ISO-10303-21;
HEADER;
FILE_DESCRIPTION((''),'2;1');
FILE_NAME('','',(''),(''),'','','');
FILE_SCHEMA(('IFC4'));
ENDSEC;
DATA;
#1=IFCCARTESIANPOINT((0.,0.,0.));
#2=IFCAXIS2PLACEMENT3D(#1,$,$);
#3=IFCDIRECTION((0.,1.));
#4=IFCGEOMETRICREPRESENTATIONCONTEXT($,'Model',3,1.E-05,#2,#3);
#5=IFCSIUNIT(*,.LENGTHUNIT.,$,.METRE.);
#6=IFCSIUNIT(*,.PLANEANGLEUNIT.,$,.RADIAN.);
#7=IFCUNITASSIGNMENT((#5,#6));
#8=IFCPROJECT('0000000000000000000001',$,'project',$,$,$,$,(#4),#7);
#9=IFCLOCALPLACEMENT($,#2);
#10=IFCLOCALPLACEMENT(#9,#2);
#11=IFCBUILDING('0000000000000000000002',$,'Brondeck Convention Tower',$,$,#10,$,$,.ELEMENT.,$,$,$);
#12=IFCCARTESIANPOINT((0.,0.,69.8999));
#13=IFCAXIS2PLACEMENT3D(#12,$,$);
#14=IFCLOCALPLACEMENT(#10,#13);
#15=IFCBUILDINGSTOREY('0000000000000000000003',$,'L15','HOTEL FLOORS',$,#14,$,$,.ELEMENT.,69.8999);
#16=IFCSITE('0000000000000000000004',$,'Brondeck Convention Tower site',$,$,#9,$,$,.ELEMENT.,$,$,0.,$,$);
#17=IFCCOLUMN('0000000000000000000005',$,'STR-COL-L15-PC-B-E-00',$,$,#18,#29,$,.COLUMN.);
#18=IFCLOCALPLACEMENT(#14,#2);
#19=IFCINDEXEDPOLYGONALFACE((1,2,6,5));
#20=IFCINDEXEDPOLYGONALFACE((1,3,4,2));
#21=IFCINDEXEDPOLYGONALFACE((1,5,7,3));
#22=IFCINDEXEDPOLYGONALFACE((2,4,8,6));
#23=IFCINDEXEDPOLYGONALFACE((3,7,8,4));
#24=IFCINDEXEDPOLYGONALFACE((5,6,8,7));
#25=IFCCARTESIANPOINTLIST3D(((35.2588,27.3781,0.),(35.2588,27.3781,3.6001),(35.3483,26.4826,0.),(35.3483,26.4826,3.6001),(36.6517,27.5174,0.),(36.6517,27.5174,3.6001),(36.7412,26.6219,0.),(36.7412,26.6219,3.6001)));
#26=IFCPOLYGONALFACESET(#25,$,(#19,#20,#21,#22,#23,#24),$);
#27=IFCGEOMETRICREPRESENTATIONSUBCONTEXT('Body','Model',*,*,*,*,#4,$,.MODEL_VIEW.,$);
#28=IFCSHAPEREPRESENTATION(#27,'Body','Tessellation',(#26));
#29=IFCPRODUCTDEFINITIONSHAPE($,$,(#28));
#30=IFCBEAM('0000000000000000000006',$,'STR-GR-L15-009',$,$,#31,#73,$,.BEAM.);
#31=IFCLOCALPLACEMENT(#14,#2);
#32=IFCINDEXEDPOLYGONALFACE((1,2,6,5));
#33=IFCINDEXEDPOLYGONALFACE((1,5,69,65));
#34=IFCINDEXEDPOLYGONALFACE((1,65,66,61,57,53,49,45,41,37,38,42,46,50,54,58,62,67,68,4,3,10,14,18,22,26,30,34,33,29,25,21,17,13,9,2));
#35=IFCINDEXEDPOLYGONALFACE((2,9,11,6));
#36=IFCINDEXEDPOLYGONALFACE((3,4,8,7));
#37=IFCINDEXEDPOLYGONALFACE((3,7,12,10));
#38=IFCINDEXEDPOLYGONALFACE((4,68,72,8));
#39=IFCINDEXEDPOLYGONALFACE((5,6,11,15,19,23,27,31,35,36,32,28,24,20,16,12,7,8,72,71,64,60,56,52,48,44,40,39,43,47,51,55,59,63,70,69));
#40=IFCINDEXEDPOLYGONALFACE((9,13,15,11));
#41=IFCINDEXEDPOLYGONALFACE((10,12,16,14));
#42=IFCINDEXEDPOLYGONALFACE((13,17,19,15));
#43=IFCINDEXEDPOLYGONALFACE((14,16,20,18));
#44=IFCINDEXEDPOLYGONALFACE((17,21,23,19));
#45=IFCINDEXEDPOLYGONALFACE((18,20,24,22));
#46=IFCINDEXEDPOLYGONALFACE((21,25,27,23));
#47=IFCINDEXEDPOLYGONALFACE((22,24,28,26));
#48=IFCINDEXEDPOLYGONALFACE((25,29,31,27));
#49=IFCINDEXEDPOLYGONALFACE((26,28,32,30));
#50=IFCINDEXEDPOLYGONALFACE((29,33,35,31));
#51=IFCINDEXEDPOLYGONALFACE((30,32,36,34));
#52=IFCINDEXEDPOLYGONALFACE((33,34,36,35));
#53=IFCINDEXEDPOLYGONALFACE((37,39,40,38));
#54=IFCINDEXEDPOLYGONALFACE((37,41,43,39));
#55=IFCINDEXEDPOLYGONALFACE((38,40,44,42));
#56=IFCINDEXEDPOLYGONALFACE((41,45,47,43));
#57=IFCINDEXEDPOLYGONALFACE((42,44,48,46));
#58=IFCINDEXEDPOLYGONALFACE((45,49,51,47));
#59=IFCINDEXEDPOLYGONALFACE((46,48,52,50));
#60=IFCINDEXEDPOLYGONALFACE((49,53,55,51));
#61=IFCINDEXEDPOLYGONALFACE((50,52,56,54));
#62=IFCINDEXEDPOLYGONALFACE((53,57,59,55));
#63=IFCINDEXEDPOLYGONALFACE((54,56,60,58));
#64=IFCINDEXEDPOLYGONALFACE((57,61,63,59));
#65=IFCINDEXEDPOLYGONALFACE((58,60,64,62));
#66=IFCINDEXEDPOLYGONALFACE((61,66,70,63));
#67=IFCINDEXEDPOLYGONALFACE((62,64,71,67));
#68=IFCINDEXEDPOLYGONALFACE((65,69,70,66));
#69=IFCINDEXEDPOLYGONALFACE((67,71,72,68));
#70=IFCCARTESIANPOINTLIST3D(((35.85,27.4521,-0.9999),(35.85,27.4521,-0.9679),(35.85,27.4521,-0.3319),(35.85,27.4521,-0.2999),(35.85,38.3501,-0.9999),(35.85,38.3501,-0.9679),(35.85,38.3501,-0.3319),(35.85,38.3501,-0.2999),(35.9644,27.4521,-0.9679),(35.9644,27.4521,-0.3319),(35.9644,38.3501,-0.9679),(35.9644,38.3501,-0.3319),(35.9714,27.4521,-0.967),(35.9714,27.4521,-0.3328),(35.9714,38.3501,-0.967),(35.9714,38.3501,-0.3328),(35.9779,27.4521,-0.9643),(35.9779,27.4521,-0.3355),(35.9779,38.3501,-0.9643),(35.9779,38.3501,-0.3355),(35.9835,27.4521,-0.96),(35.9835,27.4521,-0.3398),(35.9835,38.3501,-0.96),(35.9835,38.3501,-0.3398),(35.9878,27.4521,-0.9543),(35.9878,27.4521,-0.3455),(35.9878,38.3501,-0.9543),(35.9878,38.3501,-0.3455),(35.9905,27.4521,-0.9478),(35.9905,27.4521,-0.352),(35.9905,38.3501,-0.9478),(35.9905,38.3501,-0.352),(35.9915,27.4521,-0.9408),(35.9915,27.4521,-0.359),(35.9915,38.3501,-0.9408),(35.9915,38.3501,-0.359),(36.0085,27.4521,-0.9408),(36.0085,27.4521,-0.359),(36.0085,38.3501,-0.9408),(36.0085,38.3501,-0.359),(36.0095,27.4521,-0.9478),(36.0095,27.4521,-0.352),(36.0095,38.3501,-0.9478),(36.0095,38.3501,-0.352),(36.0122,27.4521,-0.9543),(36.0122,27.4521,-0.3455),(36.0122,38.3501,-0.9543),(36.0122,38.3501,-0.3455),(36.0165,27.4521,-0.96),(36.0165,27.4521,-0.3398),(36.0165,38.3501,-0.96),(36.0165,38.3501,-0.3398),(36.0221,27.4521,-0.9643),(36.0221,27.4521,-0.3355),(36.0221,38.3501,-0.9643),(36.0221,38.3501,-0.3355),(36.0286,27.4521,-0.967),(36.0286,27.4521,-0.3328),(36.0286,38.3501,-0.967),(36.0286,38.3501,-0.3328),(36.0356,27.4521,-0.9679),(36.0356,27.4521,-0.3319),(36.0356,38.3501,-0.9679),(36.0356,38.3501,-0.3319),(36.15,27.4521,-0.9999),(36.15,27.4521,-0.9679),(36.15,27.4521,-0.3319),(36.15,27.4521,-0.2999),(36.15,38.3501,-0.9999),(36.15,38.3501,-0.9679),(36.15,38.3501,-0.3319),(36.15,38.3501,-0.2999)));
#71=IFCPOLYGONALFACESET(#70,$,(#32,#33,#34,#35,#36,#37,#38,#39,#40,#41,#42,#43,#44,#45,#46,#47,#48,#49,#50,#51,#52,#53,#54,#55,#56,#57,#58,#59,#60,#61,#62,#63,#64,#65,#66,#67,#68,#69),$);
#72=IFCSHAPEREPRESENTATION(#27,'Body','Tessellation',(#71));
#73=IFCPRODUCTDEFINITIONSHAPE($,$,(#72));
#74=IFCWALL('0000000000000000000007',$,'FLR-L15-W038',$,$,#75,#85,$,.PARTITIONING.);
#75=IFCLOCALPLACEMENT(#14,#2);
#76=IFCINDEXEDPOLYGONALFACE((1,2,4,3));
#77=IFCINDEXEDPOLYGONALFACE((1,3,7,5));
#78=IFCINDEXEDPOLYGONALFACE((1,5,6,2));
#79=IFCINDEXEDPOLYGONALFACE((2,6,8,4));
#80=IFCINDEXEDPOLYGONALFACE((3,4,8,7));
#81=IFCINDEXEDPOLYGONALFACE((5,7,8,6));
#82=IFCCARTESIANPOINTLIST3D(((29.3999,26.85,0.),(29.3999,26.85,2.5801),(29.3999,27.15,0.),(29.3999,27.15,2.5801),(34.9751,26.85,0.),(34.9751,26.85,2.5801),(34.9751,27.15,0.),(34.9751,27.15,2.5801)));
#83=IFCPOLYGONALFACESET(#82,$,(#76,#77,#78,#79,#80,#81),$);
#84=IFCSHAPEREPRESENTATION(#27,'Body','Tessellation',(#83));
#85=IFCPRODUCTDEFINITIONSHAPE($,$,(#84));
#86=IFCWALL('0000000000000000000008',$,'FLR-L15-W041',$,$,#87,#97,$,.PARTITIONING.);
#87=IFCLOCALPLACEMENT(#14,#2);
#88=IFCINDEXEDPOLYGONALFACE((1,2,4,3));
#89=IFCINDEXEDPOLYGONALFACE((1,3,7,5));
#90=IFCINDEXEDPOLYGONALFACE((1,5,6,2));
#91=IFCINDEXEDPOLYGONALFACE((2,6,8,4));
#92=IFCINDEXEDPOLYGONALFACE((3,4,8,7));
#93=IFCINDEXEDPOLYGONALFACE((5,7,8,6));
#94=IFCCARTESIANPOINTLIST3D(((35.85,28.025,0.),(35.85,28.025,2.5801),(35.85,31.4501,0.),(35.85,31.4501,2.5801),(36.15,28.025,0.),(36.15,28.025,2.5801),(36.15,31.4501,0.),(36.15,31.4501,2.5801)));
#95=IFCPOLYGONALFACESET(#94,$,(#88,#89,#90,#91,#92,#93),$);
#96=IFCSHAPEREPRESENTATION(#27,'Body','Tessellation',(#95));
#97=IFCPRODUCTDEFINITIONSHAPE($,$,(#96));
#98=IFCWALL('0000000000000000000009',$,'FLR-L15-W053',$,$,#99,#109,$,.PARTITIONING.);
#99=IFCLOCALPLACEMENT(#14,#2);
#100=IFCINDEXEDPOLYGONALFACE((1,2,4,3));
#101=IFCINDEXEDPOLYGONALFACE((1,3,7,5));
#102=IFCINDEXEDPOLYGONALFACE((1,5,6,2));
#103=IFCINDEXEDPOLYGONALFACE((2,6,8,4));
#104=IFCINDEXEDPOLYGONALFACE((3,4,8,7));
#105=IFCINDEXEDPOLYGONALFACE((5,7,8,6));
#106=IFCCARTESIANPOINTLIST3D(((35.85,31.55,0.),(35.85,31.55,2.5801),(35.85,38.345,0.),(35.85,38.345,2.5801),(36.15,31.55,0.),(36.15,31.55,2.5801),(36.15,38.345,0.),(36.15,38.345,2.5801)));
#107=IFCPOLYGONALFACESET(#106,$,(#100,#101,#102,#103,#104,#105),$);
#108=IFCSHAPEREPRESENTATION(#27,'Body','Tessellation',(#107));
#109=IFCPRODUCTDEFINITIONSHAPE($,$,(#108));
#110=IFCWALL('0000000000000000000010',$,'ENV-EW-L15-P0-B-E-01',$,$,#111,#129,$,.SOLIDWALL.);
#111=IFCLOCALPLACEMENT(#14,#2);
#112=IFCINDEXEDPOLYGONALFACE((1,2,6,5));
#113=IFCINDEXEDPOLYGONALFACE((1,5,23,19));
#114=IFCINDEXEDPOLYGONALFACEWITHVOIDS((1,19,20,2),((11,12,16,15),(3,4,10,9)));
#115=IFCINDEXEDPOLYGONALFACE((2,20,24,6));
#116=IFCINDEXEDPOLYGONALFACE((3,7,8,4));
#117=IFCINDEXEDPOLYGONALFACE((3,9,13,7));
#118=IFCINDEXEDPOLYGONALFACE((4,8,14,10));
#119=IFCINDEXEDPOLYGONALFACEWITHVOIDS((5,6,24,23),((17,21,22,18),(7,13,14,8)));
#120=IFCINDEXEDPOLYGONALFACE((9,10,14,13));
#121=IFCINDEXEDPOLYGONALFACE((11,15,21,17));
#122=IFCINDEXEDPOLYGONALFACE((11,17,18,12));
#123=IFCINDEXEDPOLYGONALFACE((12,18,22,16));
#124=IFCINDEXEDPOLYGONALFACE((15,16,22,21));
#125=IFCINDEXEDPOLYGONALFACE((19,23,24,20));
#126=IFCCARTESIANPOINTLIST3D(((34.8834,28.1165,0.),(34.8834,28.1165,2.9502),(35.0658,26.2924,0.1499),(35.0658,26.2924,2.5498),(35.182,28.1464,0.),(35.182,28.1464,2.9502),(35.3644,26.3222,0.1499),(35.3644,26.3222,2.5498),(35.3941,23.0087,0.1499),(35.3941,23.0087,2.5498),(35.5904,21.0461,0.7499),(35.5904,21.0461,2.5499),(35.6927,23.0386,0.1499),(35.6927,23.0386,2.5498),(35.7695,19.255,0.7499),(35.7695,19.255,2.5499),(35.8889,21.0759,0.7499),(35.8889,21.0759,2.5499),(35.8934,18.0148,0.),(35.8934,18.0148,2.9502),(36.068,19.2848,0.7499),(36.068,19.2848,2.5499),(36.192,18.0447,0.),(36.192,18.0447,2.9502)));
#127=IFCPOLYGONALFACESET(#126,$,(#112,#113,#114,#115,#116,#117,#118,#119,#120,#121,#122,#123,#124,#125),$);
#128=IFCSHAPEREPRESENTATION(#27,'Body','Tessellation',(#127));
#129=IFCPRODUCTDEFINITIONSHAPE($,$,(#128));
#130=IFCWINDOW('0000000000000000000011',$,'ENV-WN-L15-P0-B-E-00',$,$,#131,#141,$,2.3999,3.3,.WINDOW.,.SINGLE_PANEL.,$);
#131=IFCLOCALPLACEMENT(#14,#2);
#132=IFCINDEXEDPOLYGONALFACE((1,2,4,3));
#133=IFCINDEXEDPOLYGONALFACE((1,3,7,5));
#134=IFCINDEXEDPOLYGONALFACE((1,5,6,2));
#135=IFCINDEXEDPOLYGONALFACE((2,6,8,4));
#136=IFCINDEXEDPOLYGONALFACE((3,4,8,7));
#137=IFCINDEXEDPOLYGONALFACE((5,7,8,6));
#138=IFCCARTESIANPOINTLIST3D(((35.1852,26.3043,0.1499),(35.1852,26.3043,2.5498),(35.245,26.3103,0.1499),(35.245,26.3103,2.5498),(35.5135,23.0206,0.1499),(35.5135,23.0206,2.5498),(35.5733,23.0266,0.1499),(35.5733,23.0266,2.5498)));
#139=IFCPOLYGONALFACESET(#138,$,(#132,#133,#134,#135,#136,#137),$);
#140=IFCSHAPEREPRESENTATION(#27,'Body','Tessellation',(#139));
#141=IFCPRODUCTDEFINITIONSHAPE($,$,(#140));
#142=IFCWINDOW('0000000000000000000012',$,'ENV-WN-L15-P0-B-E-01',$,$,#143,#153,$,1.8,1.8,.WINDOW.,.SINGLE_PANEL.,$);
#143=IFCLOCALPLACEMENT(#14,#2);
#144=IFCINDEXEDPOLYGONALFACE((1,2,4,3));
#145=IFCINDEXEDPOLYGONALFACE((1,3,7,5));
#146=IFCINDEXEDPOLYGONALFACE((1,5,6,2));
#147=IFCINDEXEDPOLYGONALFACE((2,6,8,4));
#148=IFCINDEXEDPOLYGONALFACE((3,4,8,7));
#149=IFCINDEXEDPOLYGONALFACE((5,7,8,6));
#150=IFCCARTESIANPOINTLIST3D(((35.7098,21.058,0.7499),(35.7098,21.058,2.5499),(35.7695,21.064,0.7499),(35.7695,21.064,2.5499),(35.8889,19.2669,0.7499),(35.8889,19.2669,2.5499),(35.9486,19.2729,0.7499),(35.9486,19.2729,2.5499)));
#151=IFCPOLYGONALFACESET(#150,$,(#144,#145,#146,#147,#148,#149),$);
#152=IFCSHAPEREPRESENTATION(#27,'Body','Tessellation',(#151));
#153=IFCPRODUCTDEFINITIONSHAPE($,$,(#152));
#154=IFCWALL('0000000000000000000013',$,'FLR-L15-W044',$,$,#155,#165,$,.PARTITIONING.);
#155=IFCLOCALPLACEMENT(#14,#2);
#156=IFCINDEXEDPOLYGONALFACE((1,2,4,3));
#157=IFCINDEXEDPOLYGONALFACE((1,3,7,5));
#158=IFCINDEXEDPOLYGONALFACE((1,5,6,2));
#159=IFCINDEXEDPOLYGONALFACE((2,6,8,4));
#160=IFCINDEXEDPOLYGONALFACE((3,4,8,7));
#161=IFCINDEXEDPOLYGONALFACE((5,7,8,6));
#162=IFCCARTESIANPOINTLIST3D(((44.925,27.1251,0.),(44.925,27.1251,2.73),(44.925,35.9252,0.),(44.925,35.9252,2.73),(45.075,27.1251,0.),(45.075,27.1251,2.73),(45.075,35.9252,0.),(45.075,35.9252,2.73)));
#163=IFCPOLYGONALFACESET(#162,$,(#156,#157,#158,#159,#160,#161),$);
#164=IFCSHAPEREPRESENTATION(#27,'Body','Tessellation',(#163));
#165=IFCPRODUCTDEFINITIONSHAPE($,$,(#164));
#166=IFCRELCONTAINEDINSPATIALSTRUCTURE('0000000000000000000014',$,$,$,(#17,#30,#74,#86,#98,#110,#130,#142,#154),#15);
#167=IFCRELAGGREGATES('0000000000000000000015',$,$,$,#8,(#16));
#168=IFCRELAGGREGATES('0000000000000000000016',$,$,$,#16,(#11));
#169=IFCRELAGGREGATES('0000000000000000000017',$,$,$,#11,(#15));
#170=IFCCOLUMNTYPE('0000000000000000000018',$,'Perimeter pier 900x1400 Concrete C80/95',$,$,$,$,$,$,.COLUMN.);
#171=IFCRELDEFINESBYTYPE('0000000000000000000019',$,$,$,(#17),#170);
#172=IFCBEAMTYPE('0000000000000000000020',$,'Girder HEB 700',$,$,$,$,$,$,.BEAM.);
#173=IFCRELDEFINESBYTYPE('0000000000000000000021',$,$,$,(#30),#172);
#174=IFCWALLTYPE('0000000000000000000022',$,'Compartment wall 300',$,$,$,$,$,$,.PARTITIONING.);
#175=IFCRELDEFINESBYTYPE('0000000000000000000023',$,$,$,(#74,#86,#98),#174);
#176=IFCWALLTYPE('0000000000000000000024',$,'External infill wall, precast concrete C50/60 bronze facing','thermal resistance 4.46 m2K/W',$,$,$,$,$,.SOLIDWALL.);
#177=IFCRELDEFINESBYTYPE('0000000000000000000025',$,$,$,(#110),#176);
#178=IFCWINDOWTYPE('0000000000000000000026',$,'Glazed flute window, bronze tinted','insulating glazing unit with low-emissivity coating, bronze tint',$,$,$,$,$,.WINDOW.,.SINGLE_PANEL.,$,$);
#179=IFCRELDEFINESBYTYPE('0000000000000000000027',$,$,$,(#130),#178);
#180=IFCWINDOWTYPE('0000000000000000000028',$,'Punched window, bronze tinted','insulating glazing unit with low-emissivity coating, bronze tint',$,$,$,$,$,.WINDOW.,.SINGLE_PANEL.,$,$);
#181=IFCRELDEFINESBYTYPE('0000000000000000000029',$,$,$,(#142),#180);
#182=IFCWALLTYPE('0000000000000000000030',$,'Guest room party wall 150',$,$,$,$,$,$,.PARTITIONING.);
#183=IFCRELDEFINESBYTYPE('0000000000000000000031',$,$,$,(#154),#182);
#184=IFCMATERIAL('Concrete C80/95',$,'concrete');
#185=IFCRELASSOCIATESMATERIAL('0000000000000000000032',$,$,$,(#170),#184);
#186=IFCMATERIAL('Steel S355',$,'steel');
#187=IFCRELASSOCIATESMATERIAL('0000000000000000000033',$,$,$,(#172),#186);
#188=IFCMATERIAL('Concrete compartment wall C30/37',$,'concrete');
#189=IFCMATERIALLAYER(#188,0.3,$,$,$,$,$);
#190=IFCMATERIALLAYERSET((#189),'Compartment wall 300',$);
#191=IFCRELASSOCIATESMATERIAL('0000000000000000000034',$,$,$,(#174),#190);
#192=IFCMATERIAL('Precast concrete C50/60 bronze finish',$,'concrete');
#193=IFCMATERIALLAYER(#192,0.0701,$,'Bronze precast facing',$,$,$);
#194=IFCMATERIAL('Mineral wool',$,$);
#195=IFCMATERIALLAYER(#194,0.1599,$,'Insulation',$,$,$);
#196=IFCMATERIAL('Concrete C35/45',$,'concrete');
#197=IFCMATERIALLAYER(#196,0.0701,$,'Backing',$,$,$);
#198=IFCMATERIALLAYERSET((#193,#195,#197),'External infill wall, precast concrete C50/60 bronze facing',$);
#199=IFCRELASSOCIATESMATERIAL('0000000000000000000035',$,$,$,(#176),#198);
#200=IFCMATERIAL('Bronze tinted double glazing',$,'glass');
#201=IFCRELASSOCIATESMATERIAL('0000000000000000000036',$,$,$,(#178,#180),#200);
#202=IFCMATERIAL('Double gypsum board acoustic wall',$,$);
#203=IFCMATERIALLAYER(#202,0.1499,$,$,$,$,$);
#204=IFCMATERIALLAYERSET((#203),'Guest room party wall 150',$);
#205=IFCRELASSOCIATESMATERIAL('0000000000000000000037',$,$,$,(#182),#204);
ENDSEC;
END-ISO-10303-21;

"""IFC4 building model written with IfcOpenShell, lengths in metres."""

from ifc_helpers import new_model, si_unit, direction, frame, frame_2d, origin, origin_2d, place, context, subcontext, project, spatial, rectangle, i_section, extrude, material, layer, layer_set, material_profile, profile_set, type_object, element, fill, save


model = new_model("IFC4")

# Units and contexts
model_context = context("Model", 3, precision=1e-05, world=origin(), true_north=direction((0.0, 1.0)))
body_context = subcontext(model_context, "Body", "Model", "MODEL_VIEW")
ifc_project = project(units=[si_unit("LENGTHUNIT", "METRE"), si_unit("PLANEANGLEUNIT", "RADIAN")], contexts=[model_context])

# Site, building, storey
site_placement = place(None, origin())
site = spatial("IfcSite", under=ifc_project, at=site_placement, Name="Brondeck Convention Tower site", CompositionType="ELEMENT", RefElevation=0.0)
building_placement = place(site_placement, origin())
building = spatial("IfcBuilding", under=site, at=building_placement, Name="Brondeck Convention Tower", CompositionType="ELEMENT")
storey_placement = place(building_placement, frame((0.0, 0.0, 69.8999)))
storey = spatial("IfcBuildingStorey", under=building, at=storey_placement, Name="L15", Description="HOTEL FLOORS", CompositionType="ELEMENT", Elevation=69.8999)

# Column
ifc_material_1 = material(Name="Concrete C80/95", Category="concrete")
ifc_material_profile_1 = material_profile(ifc_material_1, rectangle(XDim=0.8999, YDim=1.3999, at=origin_2d()), Name="Perimeter pier 900x1400 Concrete C80/95")
ifc_profile_set_1 = profile_set([ifc_material_profile_1], Name="Concrete C80/95")
column_type = type_object("IfcColumnType", Name="Perimeter pier 900x1400 Concrete C80/95", PredefinedType="COLUMN", material=ifc_profile_set_1)
column_placement = place(storey_placement, frame((36.0, 27.0, 0.0), z_axis=(0.0, 0.0, 1.0), x_axis=(-0.099504, 0.995037, 0.0)))
element("IfcColumn", 1, at=column_placement, inside=storey, type_object=column_type, Name="STR-COL-L15-PC-B-E-00", PredefinedType="COLUMN", context=body_context, shape_type="SweptSolid", body=[
    extrude(rectangle(XDim=0.8999, YDim=1.3999, at=origin_2d()), origin(), (0.0, 0.0, 1.0), 3.6001),
])

# Beam
ifc_material_2 = material(Name="Steel S355", Category="steel")
ifc_material_profile_2 = material_profile(ifc_material_2, i_section(OverallWidth=0.3, OverallDepth=0.7, WebThickness=0.0171, FlangeThickness=0.032, FilletRadius=0.0271, at=origin_2d()), Name="HEB 700")
ifc_profile_set_2 = profile_set([ifc_material_profile_2], Name="Steel S355")
beam_type = type_object("IfcBeamType", Name="Girder HEB 700", PredefinedType="BEAM", material=ifc_profile_set_2)
beam_placement = place(storey_placement, frame((36.0, 27.4521, -0.6499), z_axis=(0.0, 1.0, 0.0), x_axis=(-1.0, 0.0, 0.0)))
element("IfcBeam", 2, at=beam_placement, inside=storey, type_object=beam_type, Name="STR-GR-L15-009", PredefinedType="BEAM", context=body_context, shape_type="SweptSolid", body=[
    extrude(i_section(OverallWidth=0.3, OverallDepth=0.7, WebThickness=0.0171, FlangeThickness=0.032, FilletRadius=0.0271, at=origin_2d()), origin(), (0.0, 0.0, 1.0), 10.8979),
])

# Walls
ifc_material_3 = material(Name="Concrete compartment wall C30/37", Category="concrete")
ifc_layer_1 = layer(ifc_material_3, 0.3)
ifc_layer_set_1 = layer_set([ifc_layer_1], Name="Compartment wall 300")
wall_type_1 = type_object("IfcWallType", Name="Compartment wall 300", PredefinedType="PARTITIONING", material=ifc_layer_set_1)
wall_1_placement = place(storey_placement, frame((34.9751, 27.0, 0.0), z_axis=(0.0, 0.0, 1.0), x_axis=(-1.0, 0.0, 0.0)))
element("IfcWall", 3, at=wall_1_placement, inside=storey, type_object=wall_type_1, Name="FLR-L15-W038", PredefinedType="PARTITIONING", context=body_context, shape_type="SweptSolid", body=[
    extrude(rectangle(XDim=5.5752, YDim=0.3, at=frame_2d((2.7876, 0.0))), origin(), (0.0, 0.0, 1.0), 2.5801),
])
wall_2_placement = place(storey_placement, frame((36.0, 31.45, 0.0), z_axis=(0.0, 0.0, 1.0), x_axis=(0.0, -1.0, 0.0)))
element("IfcWall", 4, at=wall_2_placement, inside=storey, type_object=wall_type_1, Name="FLR-L15-W041", PredefinedType="PARTITIONING", context=body_context, shape_type="SweptSolid", body=[
    extrude(rectangle(XDim=3.425, YDim=0.3, at=frame_2d((1.7124, 0.0))), origin(), (0.0, 0.0, 1.0), 2.5801),
])
wall_3_placement = place(storey_placement, frame((36.0, 38.345, 0.0), z_axis=(0.0, 0.0, 1.0), x_axis=(0.0, -1.0, 0.0)))
element("IfcWall", 5, at=wall_3_placement, inside=storey, type_object=wall_type_1, Name="FLR-L15-W053", PredefinedType="PARTITIONING", context=body_context, shape_type="SweptSolid", body=[
    extrude(rectangle(XDim=6.7949, YDim=0.3, at=frame_2d((3.3975, 0.0))), origin(), (0.0, 0.0, 1.0), 2.5801),
])

# Wall, openings, windows
ifc_material_4 = material(Name="Precast concrete C50/60 bronze finish", Category="concrete")
ifc_layer_2 = layer(ifc_material_4, 0.0701, Name="Bronze precast facing")
ifc_material_5 = material(Name="Mineral wool")
ifc_layer_3 = layer(ifc_material_5, 0.1599, Name="Insulation")
ifc_material_6 = material(Name="Concrete C35/45", Category="concrete")
ifc_layer_4 = layer(ifc_material_6, 0.0701, Name="Backing")
ifc_layer_set_2 = layer_set([ifc_layer_2, ifc_layer_3, ifc_layer_4], Name="External infill wall, precast concrete C50/60 bronze facing")
wall_type_2 = type_object("IfcWallType", Name="External infill wall, precast concrete C50/60 bronze facing", Description="thermal resistance 4.46 m2K/W", PredefinedType="SOLIDWALL", material=ifc_layer_set_2)
wall_4_placement = place(storey_placement, frame((35.0327, 28.1316, 0.0), z_axis=(0.0, 0.0, 1.0), x_axis=(0.099487, -0.995039, 0.0)))
wall_4 = element("IfcWall", 6, at=wall_4_placement, inside=storey, type_object=wall_type_2, Name="ENV-EW-L15-P0-B-E-01", PredefinedType="SOLIDWALL", context=body_context, shape_type="SweptSolid", body=[
    extrude(rectangle(XDim=10.1521, YDim=0.3, at=frame_2d((5.0762, 0.0))), origin(), (0.0, 0.0, 1.0), 2.9502),
])
opening_1_placement = place(wall_4_placement, frame((1.8335, 0.0, 0.1499)))
opening_1 = element("IfcOpeningElement", 7, at=opening_1_placement, cuts=wall_4, PredefinedType="OPENING", context=body_context, shape_type="SweptSolid", body=[
    extrude(rectangle(XDim=3.3, YDim=2.3999, at=frame_2d((1.6499, 1.2))), frame((0.0, 0.1599, 0.0), z_axis=(0.0, -1.0, 0.0), x_axis=(1.0, 0.0, 0.0)), (0.0, 0.0, 1.0), 0.3201),
])
opening_2_placement = place(wall_4_placement, frame((7.106, 0.0, 0.75)))
opening_2 = element("IfcOpeningElement", 8, at=opening_2_placement, cuts=wall_4, PredefinedType="OPENING", context=body_context, shape_type="SweptSolid", body=[
    extrude(rectangle(XDim=1.8, YDim=1.8, at=frame_2d((0.8999, 0.8999))), frame((0.0, 0.1599, 0.0), z_axis=(0.0, -1.0, 0.0), x_axis=(1.0, 0.0, 0.0)), (0.0, 0.0, 1.0), 0.3201),
])
ifc_material_7 = material(Name="Bronze tinted double glazing", Category="glass")
window_type_1 = type_object("IfcWindowType", Name="Glazed flute window, bronze tinted", Description="insulating glazing unit with low-emissivity coating, bronze tint", PartitioningType="SINGLE_PANEL", PredefinedType="WINDOW", material=ifc_material_7)
window_1_placement = place(opening_1_placement, origin())
window_1 = element("IfcWindow", 9, at=window_1_placement, inside=storey, type_object=window_type_1, Name="ENV-WN-L15-P0-B-E-00", OverallHeight=2.3999, OverallWidth=3.3, PartitioningType="SINGLE_PANEL", PredefinedType="WINDOW", context=body_context, shape_type="SweptSolid", body=[
    extrude(rectangle(XDim=3.3, YDim=2.3999, at=frame_2d((1.6499, 1.2))), frame((0.0, 0.03, 0.0), z_axis=(0.0, -1.0, 0.0), x_axis=(1.0, 0.0, 0.0)), (0.0, 0.0, 1.0), 0.0601),
])
fill(opening_1, window_1)
window_type_2 = type_object("IfcWindowType", Name="Punched window, bronze tinted", Description="insulating glazing unit with low-emissivity coating, bronze tint", PartitioningType="SINGLE_PANEL", PredefinedType="WINDOW", material=ifc_material_7)
window_2_placement = place(opening_2_placement, origin())
window_2 = element("IfcWindow", 10, at=window_2_placement, inside=storey, type_object=window_type_2, Name="ENV-WN-L15-P0-B-E-01", OverallHeight=1.8, OverallWidth=1.8, PartitioningType="SINGLE_PANEL", PredefinedType="WINDOW", context=body_context, shape_type="SweptSolid", body=[
    extrude(rectangle(XDim=1.8, YDim=1.8, at=frame_2d((0.8999, 0.8999))), frame((0.0, 0.03, 0.0), z_axis=(0.0, -1.0, 0.0), x_axis=(1.0, 0.0, 0.0)), (0.0, 0.0, 1.0), 0.0601),
])
fill(opening_2, window_2)

# Wall
ifc_material_8 = material(Name="Double gypsum board acoustic wall")
ifc_layer_5 = layer(ifc_material_8, 0.1499)
ifc_layer_set_3 = layer_set([ifc_layer_5], Name="Guest room party wall 150")
wall_type_3 = type_object("IfcWallType", Name="Guest room party wall 150", PredefinedType="PARTITIONING", material=ifc_layer_set_3)
wall_5_placement = place(storey_placement, frame((45.0, 35.925, 0.0), z_axis=(0.0, 0.0, 1.0), x_axis=(0.0, -1.0, 0.0)))
element("IfcWall", 11, at=wall_5_placement, inside=storey, type_object=wall_type_3, Name="FLR-L15-W044", PredefinedType="PARTITIONING", context=body_context, shape_type="SweptSolid", body=[
    extrude(rectangle(XDim=8.8, YDim=0.1499, at=frame_2d((4.3999, 0.0))), origin(), (0.0, 0.0, 1.0), 2.73),
])

save(model, "model.ifc")
